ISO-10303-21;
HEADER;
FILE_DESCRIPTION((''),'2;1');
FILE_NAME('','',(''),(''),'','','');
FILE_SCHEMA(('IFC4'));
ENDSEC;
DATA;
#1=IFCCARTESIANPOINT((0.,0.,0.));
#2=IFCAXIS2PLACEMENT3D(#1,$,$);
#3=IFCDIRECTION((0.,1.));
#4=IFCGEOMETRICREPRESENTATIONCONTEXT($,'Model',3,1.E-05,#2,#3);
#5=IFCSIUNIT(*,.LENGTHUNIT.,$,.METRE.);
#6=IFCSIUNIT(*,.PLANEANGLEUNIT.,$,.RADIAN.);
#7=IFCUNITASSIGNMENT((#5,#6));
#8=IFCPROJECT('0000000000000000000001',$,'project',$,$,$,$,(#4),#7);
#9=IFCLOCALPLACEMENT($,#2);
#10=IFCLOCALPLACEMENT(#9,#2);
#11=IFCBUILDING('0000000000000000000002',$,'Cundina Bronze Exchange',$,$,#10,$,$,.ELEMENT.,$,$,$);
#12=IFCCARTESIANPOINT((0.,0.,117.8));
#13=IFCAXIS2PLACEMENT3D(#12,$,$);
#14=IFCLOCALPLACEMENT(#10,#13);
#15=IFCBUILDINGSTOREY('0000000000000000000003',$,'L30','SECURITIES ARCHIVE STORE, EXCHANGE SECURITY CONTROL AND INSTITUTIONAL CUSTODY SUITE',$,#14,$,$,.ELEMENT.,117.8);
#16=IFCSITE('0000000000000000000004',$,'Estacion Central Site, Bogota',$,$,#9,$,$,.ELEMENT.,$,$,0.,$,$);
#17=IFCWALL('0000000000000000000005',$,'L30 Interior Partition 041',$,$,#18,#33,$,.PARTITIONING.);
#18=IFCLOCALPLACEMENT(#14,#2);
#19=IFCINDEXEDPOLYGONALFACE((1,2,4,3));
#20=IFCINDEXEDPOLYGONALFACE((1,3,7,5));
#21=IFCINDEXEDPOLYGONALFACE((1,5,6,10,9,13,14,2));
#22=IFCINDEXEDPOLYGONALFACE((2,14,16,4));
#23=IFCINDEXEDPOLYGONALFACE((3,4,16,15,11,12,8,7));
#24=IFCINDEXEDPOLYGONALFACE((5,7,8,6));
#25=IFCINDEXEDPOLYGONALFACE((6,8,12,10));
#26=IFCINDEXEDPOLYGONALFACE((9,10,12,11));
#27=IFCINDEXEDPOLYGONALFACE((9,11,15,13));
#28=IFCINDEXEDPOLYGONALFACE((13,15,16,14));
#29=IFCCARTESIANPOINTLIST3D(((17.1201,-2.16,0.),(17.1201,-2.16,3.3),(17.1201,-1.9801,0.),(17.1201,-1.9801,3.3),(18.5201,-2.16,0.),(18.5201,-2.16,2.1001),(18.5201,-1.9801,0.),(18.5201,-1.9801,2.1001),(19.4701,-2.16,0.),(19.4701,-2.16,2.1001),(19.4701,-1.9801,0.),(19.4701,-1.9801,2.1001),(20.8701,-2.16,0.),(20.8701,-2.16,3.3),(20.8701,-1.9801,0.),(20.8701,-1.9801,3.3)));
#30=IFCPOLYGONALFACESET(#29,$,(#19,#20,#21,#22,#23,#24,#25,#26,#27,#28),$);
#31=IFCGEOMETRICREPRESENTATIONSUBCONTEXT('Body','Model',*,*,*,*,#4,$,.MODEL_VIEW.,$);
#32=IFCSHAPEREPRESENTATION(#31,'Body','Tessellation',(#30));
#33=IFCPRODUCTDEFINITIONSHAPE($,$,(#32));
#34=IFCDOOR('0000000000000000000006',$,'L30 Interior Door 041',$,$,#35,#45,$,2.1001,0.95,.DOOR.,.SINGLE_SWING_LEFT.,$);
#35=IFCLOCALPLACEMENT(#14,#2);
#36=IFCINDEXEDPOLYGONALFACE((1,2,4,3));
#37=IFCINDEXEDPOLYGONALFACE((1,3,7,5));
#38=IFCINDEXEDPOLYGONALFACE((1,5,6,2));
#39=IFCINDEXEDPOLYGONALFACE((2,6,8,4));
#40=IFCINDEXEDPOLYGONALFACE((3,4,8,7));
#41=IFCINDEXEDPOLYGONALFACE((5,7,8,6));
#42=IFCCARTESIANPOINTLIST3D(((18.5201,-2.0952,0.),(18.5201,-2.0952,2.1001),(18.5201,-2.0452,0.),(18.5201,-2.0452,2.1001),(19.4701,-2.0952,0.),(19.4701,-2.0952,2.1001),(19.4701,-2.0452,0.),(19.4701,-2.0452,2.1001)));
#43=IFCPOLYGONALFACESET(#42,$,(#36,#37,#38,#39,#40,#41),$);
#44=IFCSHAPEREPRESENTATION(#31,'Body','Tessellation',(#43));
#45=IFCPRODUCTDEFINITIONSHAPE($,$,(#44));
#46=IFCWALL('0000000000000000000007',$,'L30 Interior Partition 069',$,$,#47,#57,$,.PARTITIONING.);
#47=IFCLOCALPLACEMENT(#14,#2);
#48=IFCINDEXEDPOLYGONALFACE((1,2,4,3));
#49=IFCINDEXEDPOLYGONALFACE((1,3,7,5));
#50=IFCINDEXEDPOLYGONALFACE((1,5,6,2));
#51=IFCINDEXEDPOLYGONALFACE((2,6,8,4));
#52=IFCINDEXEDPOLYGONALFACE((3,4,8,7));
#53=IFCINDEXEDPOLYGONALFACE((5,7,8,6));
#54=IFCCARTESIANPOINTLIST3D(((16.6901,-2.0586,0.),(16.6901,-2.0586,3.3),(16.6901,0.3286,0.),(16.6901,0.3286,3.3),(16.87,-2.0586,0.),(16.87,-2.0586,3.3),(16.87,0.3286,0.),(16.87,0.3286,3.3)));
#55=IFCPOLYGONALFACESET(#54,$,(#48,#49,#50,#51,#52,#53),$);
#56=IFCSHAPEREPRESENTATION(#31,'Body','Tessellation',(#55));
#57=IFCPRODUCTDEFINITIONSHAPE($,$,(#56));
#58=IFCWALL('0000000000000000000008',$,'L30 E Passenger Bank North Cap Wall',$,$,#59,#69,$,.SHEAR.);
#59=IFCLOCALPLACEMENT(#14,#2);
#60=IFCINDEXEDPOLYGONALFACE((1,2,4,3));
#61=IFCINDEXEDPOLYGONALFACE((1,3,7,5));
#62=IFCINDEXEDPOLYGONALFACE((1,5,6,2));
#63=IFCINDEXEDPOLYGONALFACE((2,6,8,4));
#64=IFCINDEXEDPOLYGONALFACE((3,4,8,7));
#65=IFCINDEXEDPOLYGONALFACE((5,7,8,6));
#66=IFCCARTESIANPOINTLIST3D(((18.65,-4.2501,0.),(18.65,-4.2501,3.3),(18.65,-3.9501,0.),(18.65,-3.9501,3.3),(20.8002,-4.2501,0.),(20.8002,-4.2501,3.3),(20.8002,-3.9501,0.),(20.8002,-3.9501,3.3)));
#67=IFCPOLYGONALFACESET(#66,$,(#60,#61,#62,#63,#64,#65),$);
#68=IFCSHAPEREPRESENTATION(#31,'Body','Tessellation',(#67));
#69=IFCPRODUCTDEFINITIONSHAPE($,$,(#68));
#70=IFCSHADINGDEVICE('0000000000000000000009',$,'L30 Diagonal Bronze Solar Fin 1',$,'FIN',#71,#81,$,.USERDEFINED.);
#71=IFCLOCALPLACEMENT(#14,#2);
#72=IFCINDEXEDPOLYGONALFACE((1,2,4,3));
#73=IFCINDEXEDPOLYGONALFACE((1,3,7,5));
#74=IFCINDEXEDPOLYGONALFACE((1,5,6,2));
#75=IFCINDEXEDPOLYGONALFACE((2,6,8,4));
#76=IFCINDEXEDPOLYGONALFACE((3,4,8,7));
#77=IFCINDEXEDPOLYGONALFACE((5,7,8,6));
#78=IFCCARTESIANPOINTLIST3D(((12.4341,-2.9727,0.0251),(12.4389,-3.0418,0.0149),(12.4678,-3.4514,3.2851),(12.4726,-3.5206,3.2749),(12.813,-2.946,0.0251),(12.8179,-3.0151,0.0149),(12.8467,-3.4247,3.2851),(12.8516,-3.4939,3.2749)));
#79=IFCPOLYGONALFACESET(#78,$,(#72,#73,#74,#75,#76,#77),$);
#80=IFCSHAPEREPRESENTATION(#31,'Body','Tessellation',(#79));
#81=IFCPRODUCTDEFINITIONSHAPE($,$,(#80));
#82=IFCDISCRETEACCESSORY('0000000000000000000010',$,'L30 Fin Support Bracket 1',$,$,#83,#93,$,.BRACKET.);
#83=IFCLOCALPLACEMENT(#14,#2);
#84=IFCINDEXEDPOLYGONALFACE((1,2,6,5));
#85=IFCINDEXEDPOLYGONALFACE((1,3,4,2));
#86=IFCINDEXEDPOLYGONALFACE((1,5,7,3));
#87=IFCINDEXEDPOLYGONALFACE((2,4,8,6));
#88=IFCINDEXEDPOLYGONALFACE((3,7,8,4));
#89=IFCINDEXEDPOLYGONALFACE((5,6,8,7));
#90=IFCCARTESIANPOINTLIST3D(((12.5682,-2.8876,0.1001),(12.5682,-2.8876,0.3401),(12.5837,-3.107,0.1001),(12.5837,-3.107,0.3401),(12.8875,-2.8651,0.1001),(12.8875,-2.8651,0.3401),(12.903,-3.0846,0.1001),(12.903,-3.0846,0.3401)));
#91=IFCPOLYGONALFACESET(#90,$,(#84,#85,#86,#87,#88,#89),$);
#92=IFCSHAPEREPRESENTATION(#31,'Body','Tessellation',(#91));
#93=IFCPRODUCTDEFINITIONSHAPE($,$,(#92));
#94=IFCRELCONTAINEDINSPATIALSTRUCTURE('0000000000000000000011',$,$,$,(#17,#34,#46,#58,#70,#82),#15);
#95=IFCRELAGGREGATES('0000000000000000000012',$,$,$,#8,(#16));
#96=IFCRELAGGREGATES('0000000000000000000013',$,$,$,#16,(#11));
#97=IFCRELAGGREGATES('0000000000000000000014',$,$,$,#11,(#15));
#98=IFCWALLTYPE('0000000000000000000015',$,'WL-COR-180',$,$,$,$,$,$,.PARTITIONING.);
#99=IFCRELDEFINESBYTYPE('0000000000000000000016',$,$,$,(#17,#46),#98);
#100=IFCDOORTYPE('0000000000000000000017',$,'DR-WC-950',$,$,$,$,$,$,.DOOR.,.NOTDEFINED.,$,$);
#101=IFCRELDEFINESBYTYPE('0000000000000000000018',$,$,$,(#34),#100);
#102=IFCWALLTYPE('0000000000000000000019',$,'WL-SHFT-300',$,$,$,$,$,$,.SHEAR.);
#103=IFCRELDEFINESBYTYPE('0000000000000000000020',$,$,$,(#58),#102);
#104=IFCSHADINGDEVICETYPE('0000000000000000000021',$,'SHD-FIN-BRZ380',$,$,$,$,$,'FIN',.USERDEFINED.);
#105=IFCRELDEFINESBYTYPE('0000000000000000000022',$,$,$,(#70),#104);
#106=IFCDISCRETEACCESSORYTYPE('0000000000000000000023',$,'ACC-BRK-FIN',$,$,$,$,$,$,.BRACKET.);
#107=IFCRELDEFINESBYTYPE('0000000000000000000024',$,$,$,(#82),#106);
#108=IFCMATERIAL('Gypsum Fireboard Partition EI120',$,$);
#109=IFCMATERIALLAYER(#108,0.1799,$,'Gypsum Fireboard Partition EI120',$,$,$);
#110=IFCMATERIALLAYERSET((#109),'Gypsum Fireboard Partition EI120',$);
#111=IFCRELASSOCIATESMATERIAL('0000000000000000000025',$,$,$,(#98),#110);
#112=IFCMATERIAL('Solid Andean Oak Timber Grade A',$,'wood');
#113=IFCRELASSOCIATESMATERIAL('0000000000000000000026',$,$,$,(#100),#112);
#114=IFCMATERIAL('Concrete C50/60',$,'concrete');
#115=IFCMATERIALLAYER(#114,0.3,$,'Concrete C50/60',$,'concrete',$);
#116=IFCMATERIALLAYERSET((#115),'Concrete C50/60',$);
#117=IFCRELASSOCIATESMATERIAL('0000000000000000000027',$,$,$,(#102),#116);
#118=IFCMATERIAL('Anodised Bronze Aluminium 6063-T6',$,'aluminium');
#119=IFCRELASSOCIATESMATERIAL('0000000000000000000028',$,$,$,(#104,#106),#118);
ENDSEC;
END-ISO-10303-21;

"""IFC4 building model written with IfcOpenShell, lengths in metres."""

from ifc_helpers import new_model, si_unit, direction, frame, frame_2d, origin, origin_2d, place, context, subcontext, project, spatial, rectangle, extrude, material, layer, layer_set, material_profile, profile_set, type_object, element, fill, save


model = new_model("IFC4")

# Units and contexts
model_context = context("Model", 3, precision=1e-05, world=origin(), true_north=direction((0.0, 1.0)))
body_context = subcontext(model_context, "Body", "Model", "MODEL_VIEW")
ifc_project = project(units=[si_unit("LENGTHUNIT", "METRE"), si_unit("PLANEANGLEUNIT", "RADIAN")], contexts=[model_context])

# Site, building, storey
site_placement = place(None, origin())
site = spatial("IfcSite", under=ifc_project, at=site_placement, Name="Estacion Central Site, Bogota", CompositionType="ELEMENT", RefElevation=0.0)
building_placement = place(site_placement, origin())
building = spatial("IfcBuilding", under=site, at=building_placement, Name="Cundina Bronze Exchange", CompositionType="ELEMENT")
storey_placement = place(building_placement, frame((0.0, 0.0, 117.8)))
storey = spatial("IfcBuildingStorey", under=building, at=storey_placement, Name="L30", Description="SECURITIES ARCHIVE STORE, EXCHANGE SECURITY CONTROL AND INSTITUTIONAL CUSTODY SUITE", CompositionType="ELEMENT", Elevation=117.8)

# Shared definitions
ifc_material_1 = material(Name="Anodised Bronze Aluminium 6063-T6", Category="aluminium")

# Wall, opening, door
ifc_material_2 = material(Name="Gypsum Fireboard Partition EI120")
ifc_layer_1 = layer(ifc_material_2, 0.1799, Name="Gypsum Fireboard Partition EI120")
ifc_layer_set_1 = layer_set([ifc_layer_1], Name="Gypsum Fireboard Partition EI120")
wall_type_1 = type_object("IfcWallType", Name="WL-COR-180", PredefinedType="PARTITIONING", material=ifc_layer_set_1)
wall_1_placement = place(storey_placement, frame((17.1201, -2.0701, 0.0), z_axis=(0.0, 0.0, 1.0), x_axis=(1.0, 0.0, 0.0)))
wall_1 = element("IfcWall", 1, at=wall_1_placement, inside=storey, type_object=wall_type_1, Name="L30 Interior Partition 041", PredefinedType="PARTITIONING", context=body_context, shape_type="SweptSolid", body=[
    extrude(rectangle(XDim=3.75, YDim=0.1799, at=frame_2d((1.875, 0.0))), origin(), (0.0, 0.0, 1.0), 3.3),
])
opening_placement = place(wall_1_placement, frame((1.3999, 0.0, 0.0)))
opening = element("IfcOpeningElement", 2, at=opening_placement, cuts=wall_1, PredefinedType="OPENING", context=body_context, shape_type="SweptSolid", body=[
    extrude(rectangle(XDim=0.95, YDim=2.1001, at=frame_2d((0.4751, 1.05))), frame((0.0, 0.0999, 0.0), z_axis=(0.0, -1.0, 0.0), x_axis=(1.0, 0.0, 0.0)), (0.0, 0.0, 1.0), 0.2),
])
ifc_material_3 = material(Name="Solid Andean Oak Timber Grade A", Category="wood")
door_type = type_object("IfcDoorType", Name="DR-WC-950", OperationType="NOTDEFINED", PredefinedType="DOOR", material=ifc_material_3)
door_placement = place(opening_placement, origin())
door = element("IfcDoor", 3, at=door_placement, inside=storey, type_object=door_type, Name="L30 Interior Door 041", OperationType="SINGLE_SWING_LEFT", OverallHeight=2.1001, OverallWidth=0.95, PredefinedType="DOOR", context=body_context, shape_type="SweptSolid", body=[
    extrude(rectangle(XDim=0.95, YDim=2.1001, at=frame_2d((0.4751, 1.05))), frame((0.0, 0.0249, 0.0), z_axis=(0.0, -1.0, 0.0), x_axis=(1.0, 0.0, 0.0)), (0.0, 0.0, 1.0), 0.05),
])
fill(opening, door)

# Walls
wall_2_placement = place(storey_placement, frame((16.78, 0.3286, 0.0), z_axis=(0.0, 0.0, 1.0), x_axis=(0.0, -1.0, 0.0)))
element("IfcWall", 4, at=wall_2_placement, inside=storey, type_object=wall_type_1, Name="L30 Interior Partition 069", PredefinedType="PARTITIONING", context=body_context, shape_type="SweptSolid", body=[
    extrude(rectangle(XDim=2.3872, YDim=0.1799, at=frame_2d((1.1936, 0.0))), origin(), (0.0, 0.0, 1.0), 3.3),
])
ifc_material_4 = material(Name="Concrete C50/60", Category="concrete")
ifc_layer_2 = layer(ifc_material_4, 0.3, Name="Concrete C50/60", Category="concrete")
ifc_layer_set_2 = layer_set([ifc_layer_2], Name="Concrete C50/60")
wall_type_2 = type_object("IfcWallType", Name="WL-SHFT-300", PredefinedType="SHEAR", material=ifc_layer_set_2)
wall_3_placement = place(storey_placement, frame((18.6499, -4.1001, 0.0), z_axis=(0.0, 0.0, 1.0), x_axis=(1.0, 0.0, 0.0)))
element("IfcWall", 5, at=wall_3_placement, inside=storey, type_object=wall_type_2, Name="L30 E Passenger Bank North Cap Wall", PredefinedType="SHEAR", context=body_context, shape_type="SweptSolid", body=[
    extrude(rectangle(XDim=2.1501, YDim=0.3, at=frame_2d((1.0752, 0.0))), origin(), (0.0, 0.0, 1.0), 3.3),
])

# Shading device
ifc_material_profile_1 = material_profile(ifc_material_1, rectangle(XDim=0.0701, YDim=0.3799, at=origin_2d()), Name="FIN70X380", Category="aluminium")
ifc_profile_set_1 = profile_set([ifc_material_profile_1], Name="Anodised Bronze Aluminium 6063-T6")
shading_device_type = type_object("IfcShadingDeviceType", Name="SHD-FIN-BRZ380", ElementType="FIN", PredefinedType="USERDEFINED", material=ifc_profile_set_1)
shading_device_placement = place(storey_placement, frame((12.626, -2.9939, 0.02), z_axis=(0.010225, -0.145292, 0.989336), x_axis=(-0.06945, 0.986895, 0.145652)))
element("IfcShadingDevice", 6, at=shading_device_placement, inside=storey, type_object=shading_device_type, Name="L30 Diagonal Bronze Solar Fin 1", ObjectType="FIN", PredefinedType="USERDEFINED", context=body_context, shape_type="SweptSolid", body=[
    extrude(rectangle(XDim=0.0701, YDim=0.3799, at=origin_2d()), origin(), (0.0, 0.0, 1.0), 3.2952),
])

# Discrete accessory
discrete_accessory_type = type_object("IfcDiscreteAccessoryType", Name="ACC-BRK-FIN", PredefinedType="BRACKET", material=ifc_material_1)
discrete_accessory_placement = place(storey_placement, frame((12.7356, -2.9861, 0.1001), z_axis=(0.0, 0.0, 1.0), x_axis=(0.070279, -0.997527, 0.0)))
element("IfcDiscreteAccessory", 7, at=discrete_accessory_placement, inside=storey, type_object=discrete_accessory_type, Name="L30 Fin Support Bracket 1", PredefinedType="BRACKET", context=body_context, shape_type="SweptSolid", body=[
    extrude(rectangle(XDim=0.22, YDim=0.3201, at=origin_2d()), origin(), (0.0, 0.0, 1.0), 0.24),
])

save(model, "model.ifc")
